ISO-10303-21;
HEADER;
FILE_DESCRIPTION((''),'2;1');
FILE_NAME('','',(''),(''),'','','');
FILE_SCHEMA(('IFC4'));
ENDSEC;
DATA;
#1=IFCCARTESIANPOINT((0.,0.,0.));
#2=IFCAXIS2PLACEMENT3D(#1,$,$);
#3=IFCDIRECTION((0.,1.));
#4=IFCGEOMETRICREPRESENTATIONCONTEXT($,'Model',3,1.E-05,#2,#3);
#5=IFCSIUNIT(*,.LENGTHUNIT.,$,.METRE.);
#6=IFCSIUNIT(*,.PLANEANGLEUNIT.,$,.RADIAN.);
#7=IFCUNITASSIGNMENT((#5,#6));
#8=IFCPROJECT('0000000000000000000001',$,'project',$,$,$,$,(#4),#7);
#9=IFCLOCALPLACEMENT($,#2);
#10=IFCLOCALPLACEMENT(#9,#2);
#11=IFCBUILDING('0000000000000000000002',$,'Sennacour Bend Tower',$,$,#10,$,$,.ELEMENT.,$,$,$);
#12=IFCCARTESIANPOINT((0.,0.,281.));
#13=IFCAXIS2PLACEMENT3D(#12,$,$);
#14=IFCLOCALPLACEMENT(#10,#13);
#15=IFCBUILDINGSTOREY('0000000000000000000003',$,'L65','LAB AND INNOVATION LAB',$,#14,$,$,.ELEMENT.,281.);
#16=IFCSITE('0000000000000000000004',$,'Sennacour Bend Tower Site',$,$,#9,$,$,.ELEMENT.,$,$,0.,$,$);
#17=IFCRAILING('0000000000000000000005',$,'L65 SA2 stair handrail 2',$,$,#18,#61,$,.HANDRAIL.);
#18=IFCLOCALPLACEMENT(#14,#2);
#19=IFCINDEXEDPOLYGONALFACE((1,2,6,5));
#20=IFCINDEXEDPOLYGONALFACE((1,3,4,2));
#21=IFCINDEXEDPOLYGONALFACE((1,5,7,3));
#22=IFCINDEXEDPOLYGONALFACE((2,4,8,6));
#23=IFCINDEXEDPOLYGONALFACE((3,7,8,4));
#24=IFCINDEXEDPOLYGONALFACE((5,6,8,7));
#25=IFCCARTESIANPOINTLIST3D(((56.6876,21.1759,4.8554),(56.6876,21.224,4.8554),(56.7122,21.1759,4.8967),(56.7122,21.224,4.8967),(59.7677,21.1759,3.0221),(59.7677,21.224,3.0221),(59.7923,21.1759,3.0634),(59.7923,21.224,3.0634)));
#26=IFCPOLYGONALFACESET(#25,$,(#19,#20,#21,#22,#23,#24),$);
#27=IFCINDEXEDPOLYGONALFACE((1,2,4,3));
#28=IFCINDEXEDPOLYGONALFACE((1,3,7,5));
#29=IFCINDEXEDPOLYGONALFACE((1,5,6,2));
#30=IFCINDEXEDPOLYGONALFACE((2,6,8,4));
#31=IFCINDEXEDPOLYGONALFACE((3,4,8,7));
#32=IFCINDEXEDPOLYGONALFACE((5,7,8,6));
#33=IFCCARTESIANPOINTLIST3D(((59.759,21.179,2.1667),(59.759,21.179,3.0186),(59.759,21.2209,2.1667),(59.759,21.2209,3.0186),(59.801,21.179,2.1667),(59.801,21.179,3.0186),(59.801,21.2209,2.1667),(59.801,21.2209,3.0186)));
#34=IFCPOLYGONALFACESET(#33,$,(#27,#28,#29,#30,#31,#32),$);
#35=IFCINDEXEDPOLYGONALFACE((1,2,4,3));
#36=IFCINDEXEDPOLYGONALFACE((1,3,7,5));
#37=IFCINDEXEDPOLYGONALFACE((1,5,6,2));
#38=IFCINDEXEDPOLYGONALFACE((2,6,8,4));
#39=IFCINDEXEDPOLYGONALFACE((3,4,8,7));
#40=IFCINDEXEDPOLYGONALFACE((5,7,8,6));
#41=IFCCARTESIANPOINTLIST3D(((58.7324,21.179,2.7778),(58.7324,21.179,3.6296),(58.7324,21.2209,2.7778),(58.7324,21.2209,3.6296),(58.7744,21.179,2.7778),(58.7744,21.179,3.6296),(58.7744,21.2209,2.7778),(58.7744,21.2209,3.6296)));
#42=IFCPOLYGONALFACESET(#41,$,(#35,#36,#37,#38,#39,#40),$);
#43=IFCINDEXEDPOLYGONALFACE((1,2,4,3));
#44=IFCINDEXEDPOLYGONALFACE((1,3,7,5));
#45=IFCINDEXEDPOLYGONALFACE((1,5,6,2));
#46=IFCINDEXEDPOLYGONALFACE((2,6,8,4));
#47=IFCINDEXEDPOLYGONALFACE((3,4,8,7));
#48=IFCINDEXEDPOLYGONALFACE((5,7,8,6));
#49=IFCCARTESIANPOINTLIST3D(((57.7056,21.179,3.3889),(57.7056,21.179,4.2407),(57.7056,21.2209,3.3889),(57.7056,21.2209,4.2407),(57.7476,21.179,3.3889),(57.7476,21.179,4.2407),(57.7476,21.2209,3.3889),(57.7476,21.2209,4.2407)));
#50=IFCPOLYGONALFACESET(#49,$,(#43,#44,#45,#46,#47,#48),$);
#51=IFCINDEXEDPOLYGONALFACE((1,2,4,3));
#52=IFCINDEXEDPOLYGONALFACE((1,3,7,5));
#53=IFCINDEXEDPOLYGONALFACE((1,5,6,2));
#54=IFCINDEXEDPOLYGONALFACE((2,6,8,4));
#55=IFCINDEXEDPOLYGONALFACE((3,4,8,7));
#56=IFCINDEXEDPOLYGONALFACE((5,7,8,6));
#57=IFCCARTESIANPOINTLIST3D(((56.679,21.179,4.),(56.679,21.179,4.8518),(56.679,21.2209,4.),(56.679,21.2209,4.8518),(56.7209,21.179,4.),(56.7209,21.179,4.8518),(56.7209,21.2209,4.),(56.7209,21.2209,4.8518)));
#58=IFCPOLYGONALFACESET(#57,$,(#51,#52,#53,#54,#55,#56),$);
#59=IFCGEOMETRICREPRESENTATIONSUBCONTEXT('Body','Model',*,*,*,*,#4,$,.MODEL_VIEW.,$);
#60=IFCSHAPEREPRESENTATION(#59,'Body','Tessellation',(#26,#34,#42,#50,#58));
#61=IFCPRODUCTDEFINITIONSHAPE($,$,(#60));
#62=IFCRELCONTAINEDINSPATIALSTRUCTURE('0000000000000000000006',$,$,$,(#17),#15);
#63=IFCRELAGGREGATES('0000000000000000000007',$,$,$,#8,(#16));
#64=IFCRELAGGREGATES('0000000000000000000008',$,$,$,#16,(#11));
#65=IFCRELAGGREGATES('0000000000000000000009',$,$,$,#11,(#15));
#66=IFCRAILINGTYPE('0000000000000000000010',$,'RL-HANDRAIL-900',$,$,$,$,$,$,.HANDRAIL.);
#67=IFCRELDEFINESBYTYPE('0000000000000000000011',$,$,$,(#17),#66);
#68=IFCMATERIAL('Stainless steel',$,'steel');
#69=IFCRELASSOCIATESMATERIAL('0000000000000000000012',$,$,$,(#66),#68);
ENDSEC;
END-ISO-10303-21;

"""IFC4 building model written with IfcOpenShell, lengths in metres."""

from ifc_helpers import new_model, si_unit, direction, frame, origin, origin_2d, place, context, subcontext, project, spatial, rectangle, extrude, material, type_object, element, save


model = new_model("IFC4")

# Units and contexts
model_context = context("Model", 3, precision=1e-05, world=origin(), true_north=direction((0.0, 1.0)))
body_context = subcontext(model_context, "Body", "Model", "MODEL_VIEW")
ifc_project = project(units=[si_unit("LENGTHUNIT", "METRE"), si_unit("PLANEANGLEUNIT", "RADIAN")], contexts=[model_context])

# Site, building, storey
site_placement = place(None, origin())
site = spatial("IfcSite", under=ifc_project, at=site_placement, Name="Sennacour Bend Tower Site", CompositionType="ELEMENT", RefElevation=0.0)
building_placement = place(site_placement, origin())
building = spatial("IfcBuilding", under=site, at=building_placement, Name="Sennacour Bend Tower", CompositionType="ELEMENT")
storey_placement = place(building_placement, frame((0.0, 0.0, 281.0)))
storey = spatial("IfcBuildingStorey", under=building, at=storey_placement, Name="L65", Description="LAB AND INNOVATION LAB", CompositionType="ELEMENT", Elevation=281.0)

# Railing
ifc_material_1 = material(Name="Stainless steel", Category="steel")
railing_type_1 = type_object("IfcRailingType", Name="RL-HANDRAIL-900", PredefinedType="HANDRAIL", material=ifc_material_1)
railing_1_placement = place(storey_placement, frame((59.78, 21.2, 2.1667)))
element("IfcRailing", 1, at=railing_1_placement, inside=storey, type_object=railing_type_1, Name="L65 SA2 stair handrail 2", PredefinedType="HANDRAIL", context=body_context, shape_type="SweptSolid", body=[
    extrude(rectangle(XDim=0.0481, YDim=0.0481, at=origin_2d()), frame((0.0, 0.0, 0.876), z_axis=(-0.859309, 0.0, 0.511458), x_axis=(0.0, -1.0, 0.0)), (0.0, 0.0, 1.0), 3.5845),
    extrude(rectangle(XDim=0.042, YDim=0.042, at=origin_2d()), origin(), (0.0, 0.0, 1.0), 0.8518),
    extrude(rectangle(XDim=0.042, YDim=0.042, at=origin_2d()), frame((-1.0266, 0.0, 0.6111)), (0.0, 0.0, 1.0), 0.8518),
    extrude(rectangle(XDim=0.042, YDim=0.042, at=origin_2d()), frame((-2.0535, 0.0, 1.2222)), (0.0, 0.0, 1.0), 0.8518),
    extrude(rectangle(XDim=0.042, YDim=0.042, at=origin_2d()), frame((-3.0801, 0.0, 1.8333)), (0.0, 0.0, 1.0), 0.8518),
])

save(model, "model.ifc")
